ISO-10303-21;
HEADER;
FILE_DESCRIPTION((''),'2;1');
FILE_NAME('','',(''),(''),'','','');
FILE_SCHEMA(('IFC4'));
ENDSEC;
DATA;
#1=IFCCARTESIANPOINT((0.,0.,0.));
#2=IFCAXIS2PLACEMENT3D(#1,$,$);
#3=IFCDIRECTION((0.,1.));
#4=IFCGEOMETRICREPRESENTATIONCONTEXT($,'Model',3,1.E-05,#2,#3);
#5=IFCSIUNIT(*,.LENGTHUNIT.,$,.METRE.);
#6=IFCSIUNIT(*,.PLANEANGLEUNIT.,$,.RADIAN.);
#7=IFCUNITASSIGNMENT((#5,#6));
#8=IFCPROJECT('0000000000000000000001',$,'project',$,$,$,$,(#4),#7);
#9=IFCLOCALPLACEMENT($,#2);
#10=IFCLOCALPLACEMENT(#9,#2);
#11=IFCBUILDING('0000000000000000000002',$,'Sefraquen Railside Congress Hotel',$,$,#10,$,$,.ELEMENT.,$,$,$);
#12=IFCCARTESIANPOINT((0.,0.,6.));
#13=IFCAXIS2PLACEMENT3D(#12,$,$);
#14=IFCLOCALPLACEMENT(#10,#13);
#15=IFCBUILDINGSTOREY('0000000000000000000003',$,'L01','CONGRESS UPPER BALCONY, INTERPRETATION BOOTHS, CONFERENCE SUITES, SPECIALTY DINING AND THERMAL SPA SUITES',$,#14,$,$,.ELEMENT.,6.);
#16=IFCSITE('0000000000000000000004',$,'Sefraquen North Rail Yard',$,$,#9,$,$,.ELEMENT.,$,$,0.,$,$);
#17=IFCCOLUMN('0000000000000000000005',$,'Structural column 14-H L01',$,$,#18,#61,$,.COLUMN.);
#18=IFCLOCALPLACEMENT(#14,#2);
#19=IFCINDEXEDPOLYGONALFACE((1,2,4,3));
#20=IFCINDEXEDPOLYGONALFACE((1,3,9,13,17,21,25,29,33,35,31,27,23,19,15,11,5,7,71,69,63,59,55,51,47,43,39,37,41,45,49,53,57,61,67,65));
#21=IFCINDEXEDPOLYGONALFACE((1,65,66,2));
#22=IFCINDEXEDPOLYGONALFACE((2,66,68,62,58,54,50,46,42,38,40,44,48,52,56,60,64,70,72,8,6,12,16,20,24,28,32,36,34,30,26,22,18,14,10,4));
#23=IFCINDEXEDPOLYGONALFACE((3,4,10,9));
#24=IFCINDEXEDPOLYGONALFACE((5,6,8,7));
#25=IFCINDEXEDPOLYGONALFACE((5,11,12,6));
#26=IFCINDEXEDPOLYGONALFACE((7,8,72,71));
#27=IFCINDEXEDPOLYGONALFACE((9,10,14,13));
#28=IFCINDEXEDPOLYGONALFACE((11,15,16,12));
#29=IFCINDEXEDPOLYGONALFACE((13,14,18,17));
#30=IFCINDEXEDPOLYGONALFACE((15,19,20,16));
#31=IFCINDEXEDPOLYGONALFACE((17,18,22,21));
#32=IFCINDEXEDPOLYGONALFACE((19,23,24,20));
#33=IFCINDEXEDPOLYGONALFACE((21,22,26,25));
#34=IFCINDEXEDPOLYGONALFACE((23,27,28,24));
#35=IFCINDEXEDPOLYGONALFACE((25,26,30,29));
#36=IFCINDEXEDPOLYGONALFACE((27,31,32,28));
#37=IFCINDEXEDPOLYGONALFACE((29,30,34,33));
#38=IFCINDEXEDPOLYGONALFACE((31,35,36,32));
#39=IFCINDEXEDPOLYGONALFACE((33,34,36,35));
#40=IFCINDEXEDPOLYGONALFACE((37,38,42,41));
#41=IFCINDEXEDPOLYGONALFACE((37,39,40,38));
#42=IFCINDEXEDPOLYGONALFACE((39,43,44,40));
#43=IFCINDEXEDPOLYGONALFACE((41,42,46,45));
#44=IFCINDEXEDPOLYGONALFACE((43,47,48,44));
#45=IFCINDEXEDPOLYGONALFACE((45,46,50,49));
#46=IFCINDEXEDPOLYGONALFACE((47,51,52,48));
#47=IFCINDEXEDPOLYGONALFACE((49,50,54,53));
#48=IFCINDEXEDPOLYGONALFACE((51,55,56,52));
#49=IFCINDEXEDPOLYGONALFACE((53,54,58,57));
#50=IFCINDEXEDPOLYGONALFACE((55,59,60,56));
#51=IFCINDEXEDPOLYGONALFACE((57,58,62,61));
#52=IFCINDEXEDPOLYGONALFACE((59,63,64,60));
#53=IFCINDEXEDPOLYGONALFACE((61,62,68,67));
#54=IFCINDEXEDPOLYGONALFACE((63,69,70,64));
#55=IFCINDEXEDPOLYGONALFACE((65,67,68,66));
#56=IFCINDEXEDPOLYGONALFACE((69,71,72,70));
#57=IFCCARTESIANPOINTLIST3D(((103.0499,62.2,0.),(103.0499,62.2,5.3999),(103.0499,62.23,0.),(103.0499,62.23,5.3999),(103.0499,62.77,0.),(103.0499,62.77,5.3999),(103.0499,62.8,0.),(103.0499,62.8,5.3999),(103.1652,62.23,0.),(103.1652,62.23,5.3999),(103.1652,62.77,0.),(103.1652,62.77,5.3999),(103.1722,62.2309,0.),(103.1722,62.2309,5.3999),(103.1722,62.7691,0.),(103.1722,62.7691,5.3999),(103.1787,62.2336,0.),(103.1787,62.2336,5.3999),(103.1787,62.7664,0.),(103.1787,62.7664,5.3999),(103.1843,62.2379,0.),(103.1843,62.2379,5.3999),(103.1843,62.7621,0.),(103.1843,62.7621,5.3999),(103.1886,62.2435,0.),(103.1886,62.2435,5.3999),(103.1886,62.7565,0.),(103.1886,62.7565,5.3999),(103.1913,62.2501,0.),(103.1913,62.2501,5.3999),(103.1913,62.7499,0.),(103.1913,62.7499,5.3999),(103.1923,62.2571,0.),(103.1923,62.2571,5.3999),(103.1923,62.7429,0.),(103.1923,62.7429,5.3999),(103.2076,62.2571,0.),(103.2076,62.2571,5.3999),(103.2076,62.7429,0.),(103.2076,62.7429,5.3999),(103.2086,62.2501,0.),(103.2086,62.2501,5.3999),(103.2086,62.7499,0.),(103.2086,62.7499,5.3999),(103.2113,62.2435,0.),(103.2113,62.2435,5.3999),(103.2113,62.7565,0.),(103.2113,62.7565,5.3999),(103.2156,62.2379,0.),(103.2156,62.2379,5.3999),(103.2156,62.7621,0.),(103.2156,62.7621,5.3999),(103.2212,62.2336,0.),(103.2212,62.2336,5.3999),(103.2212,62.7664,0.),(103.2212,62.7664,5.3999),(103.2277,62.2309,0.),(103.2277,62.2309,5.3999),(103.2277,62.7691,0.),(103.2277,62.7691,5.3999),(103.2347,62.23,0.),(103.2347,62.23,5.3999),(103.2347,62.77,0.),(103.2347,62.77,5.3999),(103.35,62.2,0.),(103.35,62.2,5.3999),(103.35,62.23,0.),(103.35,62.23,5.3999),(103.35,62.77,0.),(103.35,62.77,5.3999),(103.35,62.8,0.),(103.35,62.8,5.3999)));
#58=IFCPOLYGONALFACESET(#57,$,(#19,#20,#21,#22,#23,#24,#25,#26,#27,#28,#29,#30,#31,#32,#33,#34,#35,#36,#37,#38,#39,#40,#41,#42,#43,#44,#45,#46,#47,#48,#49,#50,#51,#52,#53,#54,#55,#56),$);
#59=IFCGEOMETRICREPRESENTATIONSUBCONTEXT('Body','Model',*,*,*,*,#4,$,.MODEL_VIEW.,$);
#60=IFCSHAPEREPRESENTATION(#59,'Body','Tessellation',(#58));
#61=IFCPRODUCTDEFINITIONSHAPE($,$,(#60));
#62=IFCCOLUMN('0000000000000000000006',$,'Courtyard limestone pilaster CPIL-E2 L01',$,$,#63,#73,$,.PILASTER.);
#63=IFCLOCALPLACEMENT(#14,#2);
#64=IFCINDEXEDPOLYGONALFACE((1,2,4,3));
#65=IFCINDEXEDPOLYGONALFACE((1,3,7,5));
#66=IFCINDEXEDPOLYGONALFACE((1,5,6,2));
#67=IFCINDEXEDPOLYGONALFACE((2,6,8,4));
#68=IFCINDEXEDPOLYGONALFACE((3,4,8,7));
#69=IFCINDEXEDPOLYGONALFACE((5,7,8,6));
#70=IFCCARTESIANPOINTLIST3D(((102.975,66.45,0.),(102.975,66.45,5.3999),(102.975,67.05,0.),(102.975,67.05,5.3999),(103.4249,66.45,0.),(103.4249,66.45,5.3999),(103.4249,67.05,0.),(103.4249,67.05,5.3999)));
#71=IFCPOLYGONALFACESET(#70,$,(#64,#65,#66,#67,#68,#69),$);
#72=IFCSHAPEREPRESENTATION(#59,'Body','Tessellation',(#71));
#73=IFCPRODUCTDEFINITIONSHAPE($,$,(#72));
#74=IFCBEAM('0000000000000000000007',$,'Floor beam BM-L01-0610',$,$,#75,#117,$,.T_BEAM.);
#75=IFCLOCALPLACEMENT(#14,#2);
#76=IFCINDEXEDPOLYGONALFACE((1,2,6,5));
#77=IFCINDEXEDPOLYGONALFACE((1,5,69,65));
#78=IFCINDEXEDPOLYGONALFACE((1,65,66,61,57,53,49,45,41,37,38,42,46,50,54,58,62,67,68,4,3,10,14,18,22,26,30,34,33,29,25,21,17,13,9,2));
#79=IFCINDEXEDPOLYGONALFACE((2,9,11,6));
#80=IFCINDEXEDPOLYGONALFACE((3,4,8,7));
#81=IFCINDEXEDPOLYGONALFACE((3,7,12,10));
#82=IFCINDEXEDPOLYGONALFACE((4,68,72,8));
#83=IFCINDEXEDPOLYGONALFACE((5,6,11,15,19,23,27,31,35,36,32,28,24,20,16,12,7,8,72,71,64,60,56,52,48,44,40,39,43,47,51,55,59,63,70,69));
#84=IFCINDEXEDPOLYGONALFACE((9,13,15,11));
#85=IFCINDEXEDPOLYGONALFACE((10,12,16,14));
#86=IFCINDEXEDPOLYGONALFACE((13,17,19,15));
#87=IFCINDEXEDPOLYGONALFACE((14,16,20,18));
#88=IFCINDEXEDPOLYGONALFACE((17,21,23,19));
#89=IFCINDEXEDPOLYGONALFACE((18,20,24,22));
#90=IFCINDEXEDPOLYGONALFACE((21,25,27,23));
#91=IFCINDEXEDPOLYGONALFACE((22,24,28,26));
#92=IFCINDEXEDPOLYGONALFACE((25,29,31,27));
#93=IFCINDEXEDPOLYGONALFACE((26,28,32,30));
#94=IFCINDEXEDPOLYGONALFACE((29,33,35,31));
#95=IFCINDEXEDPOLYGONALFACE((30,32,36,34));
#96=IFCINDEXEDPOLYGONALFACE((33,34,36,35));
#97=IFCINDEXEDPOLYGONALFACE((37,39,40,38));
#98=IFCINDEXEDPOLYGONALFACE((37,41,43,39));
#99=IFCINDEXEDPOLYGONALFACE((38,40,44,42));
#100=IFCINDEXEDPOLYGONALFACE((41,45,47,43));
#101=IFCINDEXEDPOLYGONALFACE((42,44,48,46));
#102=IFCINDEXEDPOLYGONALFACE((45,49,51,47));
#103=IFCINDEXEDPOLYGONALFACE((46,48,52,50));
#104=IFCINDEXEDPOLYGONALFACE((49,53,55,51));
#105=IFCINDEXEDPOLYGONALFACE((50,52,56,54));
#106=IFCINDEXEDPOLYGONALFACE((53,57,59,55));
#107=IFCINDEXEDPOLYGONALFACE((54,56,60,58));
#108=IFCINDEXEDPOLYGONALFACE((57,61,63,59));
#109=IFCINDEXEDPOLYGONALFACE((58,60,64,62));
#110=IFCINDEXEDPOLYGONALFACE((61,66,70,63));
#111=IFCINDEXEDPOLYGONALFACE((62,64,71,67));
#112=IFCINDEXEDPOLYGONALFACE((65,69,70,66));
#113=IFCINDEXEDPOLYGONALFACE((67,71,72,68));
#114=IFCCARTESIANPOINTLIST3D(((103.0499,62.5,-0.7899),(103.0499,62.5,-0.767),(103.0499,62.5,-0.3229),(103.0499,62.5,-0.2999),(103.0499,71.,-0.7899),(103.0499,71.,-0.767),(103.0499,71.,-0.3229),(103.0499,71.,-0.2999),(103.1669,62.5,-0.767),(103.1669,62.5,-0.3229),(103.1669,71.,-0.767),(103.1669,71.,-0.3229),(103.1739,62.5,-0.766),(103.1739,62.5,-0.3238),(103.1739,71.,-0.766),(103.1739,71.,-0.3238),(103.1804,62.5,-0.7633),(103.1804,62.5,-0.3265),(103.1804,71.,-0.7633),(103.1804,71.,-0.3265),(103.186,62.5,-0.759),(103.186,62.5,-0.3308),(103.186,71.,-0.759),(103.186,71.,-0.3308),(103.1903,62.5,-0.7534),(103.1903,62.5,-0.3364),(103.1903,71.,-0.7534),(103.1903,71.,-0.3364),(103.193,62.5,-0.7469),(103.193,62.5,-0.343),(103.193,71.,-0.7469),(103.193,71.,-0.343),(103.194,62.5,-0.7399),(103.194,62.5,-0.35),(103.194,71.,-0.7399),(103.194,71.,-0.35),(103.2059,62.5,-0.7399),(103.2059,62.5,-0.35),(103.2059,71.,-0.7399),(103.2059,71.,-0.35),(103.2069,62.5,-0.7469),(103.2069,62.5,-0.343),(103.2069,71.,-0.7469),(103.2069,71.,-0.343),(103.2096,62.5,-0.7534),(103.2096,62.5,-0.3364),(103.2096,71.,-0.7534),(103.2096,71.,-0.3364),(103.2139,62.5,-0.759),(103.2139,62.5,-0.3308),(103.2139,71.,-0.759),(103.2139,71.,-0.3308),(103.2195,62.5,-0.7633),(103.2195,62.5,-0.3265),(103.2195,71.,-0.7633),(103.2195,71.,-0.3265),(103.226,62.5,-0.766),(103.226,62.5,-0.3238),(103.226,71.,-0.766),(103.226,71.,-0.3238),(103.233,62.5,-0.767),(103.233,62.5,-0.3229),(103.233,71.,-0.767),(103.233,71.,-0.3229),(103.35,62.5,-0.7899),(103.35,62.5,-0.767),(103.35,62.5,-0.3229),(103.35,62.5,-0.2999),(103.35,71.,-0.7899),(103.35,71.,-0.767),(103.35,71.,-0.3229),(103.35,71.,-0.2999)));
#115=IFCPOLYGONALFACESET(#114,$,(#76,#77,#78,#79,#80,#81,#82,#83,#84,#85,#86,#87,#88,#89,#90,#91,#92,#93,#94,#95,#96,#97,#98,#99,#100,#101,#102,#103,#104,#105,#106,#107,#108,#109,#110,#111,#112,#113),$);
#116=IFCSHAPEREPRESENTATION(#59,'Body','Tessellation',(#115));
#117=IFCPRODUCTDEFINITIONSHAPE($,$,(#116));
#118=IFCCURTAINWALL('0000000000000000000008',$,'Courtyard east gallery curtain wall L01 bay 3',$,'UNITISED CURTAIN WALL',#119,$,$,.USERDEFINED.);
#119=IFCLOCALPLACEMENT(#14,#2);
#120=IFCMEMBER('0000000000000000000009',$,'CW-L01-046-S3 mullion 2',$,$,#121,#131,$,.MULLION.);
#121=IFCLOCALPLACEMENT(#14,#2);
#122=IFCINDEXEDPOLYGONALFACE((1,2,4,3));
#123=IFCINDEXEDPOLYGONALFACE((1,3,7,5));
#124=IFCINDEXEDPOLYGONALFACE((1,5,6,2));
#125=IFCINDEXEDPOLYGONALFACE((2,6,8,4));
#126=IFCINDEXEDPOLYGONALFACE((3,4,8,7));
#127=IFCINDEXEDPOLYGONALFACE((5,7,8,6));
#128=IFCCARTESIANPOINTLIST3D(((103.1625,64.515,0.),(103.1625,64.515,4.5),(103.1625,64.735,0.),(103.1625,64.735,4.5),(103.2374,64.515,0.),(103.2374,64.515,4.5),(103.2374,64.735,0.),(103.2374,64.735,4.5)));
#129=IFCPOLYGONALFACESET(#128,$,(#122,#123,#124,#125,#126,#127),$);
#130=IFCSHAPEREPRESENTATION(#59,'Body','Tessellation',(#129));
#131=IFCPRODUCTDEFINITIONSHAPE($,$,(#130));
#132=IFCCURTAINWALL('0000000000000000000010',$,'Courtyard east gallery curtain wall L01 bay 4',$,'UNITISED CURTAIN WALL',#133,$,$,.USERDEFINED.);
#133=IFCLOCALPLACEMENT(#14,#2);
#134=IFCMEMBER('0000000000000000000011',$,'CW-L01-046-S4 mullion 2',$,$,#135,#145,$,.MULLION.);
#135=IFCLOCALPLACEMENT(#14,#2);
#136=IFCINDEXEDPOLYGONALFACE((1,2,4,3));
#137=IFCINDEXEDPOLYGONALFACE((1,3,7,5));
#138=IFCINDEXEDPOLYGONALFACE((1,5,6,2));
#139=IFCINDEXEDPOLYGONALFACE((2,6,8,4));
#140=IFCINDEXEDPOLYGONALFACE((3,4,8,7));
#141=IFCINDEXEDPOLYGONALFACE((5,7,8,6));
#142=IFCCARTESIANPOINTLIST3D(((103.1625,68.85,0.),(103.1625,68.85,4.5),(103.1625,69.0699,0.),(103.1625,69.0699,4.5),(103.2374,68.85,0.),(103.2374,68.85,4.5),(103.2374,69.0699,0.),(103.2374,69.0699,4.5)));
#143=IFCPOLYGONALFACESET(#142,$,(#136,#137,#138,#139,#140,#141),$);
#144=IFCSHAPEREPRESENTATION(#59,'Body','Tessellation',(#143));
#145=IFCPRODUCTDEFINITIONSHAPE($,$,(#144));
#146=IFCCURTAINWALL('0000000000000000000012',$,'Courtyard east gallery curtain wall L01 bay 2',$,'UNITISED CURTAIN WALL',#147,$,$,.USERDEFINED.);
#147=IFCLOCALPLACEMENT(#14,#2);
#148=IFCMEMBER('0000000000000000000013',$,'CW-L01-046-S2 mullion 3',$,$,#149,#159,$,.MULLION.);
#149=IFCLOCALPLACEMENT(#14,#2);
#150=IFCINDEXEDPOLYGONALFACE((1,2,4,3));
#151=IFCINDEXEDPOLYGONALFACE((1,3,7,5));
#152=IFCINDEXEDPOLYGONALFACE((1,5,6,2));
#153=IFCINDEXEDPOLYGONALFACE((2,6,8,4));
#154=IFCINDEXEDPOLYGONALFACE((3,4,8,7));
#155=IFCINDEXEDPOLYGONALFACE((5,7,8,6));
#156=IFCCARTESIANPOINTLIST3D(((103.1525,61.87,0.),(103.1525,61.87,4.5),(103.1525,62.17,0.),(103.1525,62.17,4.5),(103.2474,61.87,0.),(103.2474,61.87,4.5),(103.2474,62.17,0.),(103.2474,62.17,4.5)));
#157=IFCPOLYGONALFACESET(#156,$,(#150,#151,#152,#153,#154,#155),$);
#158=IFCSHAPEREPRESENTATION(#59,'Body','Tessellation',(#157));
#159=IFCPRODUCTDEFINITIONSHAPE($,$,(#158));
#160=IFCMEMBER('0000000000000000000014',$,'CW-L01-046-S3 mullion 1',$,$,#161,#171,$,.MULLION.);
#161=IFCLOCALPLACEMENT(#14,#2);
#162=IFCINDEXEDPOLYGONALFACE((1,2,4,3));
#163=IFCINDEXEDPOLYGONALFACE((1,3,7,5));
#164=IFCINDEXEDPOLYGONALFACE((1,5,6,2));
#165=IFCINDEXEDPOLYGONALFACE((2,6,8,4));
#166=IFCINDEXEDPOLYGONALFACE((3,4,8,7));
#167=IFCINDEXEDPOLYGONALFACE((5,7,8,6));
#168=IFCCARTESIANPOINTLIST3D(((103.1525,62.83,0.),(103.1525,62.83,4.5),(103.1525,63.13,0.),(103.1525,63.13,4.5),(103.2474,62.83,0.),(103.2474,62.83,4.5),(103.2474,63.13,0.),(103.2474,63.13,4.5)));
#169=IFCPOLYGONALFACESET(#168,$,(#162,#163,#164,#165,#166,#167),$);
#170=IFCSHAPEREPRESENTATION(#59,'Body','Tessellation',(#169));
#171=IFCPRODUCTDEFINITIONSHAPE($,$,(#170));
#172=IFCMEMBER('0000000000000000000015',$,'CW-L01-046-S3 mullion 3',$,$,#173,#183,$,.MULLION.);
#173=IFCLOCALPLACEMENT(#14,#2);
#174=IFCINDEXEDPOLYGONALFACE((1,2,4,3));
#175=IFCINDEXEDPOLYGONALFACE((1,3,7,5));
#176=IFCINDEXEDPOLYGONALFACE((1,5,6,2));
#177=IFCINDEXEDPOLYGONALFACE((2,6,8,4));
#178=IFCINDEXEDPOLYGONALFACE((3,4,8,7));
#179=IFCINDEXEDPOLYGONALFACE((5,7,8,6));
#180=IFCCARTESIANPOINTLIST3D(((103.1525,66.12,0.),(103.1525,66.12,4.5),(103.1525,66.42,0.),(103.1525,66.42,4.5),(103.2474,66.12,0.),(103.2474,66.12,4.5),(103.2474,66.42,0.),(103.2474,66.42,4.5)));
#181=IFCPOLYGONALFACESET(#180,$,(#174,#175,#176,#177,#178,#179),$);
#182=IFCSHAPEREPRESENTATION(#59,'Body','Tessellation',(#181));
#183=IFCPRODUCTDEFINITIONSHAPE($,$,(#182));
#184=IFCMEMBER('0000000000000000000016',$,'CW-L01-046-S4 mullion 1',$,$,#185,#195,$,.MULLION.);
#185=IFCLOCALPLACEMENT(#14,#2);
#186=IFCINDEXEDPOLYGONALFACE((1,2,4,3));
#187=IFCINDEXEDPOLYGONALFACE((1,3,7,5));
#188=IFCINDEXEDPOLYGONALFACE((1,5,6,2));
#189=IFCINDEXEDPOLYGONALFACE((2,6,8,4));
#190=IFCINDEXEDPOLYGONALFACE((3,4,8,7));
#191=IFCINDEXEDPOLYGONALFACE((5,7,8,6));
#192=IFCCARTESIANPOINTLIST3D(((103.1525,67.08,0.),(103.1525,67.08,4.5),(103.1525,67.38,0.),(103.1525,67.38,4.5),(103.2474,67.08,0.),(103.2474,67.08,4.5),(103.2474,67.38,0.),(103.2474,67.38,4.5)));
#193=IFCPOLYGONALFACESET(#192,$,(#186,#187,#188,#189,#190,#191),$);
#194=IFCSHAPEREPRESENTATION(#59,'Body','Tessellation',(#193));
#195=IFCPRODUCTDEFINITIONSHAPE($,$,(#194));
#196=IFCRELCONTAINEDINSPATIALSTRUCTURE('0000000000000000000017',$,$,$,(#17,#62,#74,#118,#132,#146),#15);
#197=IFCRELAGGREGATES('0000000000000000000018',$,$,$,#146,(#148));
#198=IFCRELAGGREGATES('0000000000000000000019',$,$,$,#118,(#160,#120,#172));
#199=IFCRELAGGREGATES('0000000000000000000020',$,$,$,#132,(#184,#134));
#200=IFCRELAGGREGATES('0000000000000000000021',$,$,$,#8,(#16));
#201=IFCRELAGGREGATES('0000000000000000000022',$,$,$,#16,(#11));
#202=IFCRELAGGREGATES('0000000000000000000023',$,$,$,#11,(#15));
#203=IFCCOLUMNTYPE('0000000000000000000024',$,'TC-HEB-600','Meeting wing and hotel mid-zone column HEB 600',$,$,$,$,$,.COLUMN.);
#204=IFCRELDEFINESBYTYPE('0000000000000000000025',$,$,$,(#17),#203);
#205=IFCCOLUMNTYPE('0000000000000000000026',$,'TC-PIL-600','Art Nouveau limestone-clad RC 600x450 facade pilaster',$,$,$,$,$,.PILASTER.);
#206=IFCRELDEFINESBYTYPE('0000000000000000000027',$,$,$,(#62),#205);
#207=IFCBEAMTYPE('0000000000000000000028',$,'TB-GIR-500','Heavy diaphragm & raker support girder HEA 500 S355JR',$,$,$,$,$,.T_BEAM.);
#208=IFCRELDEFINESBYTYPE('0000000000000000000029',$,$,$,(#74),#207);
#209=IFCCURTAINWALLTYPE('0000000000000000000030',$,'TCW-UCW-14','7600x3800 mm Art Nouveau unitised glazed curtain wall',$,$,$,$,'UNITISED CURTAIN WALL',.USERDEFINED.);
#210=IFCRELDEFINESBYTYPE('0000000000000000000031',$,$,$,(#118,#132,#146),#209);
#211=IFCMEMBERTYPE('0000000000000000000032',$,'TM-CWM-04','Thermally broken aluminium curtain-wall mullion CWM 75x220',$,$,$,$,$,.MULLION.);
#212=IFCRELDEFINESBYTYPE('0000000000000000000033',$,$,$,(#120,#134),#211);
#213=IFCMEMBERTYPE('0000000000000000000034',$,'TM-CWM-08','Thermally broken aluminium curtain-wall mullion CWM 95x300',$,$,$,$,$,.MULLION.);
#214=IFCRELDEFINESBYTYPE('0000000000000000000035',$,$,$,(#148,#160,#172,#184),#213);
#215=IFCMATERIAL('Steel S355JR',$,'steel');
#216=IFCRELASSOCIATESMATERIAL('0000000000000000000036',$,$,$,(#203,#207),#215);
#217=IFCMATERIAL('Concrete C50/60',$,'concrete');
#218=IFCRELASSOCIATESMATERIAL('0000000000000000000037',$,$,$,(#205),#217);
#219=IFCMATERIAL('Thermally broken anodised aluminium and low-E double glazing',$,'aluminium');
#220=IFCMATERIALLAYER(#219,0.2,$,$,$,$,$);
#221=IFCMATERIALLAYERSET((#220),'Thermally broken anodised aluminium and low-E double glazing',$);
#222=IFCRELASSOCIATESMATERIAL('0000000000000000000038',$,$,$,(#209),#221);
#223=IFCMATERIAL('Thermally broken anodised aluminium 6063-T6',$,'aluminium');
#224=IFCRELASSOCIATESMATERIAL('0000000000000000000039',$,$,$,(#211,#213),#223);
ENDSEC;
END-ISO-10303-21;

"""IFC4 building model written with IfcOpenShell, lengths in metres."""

from ifc_helpers import new_model, si_unit, direction, frame, origin, origin_2d, place, context, subcontext, project, spatial, rectangle, i_section, extrude, material, layer, layer_set, material_profile, profile_set, type_object, element, aggregate, save


model = new_model("IFC4")

# Units and contexts
model_context = context("Model", 3, precision=1e-05, world=origin(), true_north=direction((0.0, 1.0)))
body_context = subcontext(model_context, "Body", "Model", "MODEL_VIEW")
ifc_project = project(units=[si_unit("LENGTHUNIT", "METRE"), si_unit("PLANEANGLEUNIT", "RADIAN")], contexts=[model_context])

# Site, building, storey
site_placement = place(None, origin())
site = spatial("IfcSite", under=ifc_project, at=site_placement, Name="Sefraquen North Rail Yard", CompositionType="ELEMENT", RefElevation=0.0)
building_placement = place(site_placement, origin())
building = spatial("IfcBuilding", under=site, at=building_placement, Name="Sefraquen Railside Congress Hotel", CompositionType="ELEMENT")
storey_placement = place(building_placement, frame((0.0, 0.0, 6.0)))
storey = spatial("IfcBuildingStorey", under=building, at=storey_placement, Name="L01", Description="CONGRESS UPPER BALCONY, INTERPRETATION BOOTHS, CONFERENCE SUITES, SPECIALTY DINING AND THERMAL SPA SUITES", CompositionType="ELEMENT", Elevation=6.0)

# Columns
ifc_material_1 = material(Name="Steel S355JR", Category="steel")
ifc_material_profile_1 = material_profile(ifc_material_1, i_section(OverallWidth=0.3, OverallDepth=0.6001, WebThickness=0.0154, FlangeThickness=0.03, FilletRadius=0.0271, at=origin_2d()), Name="HEB 600")
ifc_profile_set_1 = profile_set([ifc_material_profile_1], Name="Steel S355JR")
column_type_1 = type_object("IfcColumnType", Name="TC-HEB-600", Description="Meeting wing and hotel mid-zone column HEB 600", PredefinedType="COLUMN", material=ifc_profile_set_1)
column_1_placement = place(storey_placement, frame((103.2, 62.5, 0.0), z_axis=(0.0, 0.0, 1.0), x_axis=(1.0, 0.0, 0.0)))
element("IfcColumn", 1, at=column_1_placement, inside=storey, type_object=column_type_1, Name="Structural column 14-H L01", PredefinedType="COLUMN", context=body_context, shape_type="SweptSolid", body=[
    extrude(i_section(OverallWidth=0.3, OverallDepth=0.6001, WebThickness=0.0154, FlangeThickness=0.03, FilletRadius=0.0271, at=origin_2d()), origin(), (0.0, 0.0, 1.0), 5.3999),
])
ifc_material_2 = material(Name="Concrete C50/60", Category="concrete")
ifc_material_profile_2 = material_profile(ifc_material_2, rectangle(XDim=0.45, YDim=0.6001, at=origin_2d()), Name="RC 600x450")
ifc_profile_set_2 = profile_set([ifc_material_profile_2], Name="Concrete C50/60")
column_type_2 = type_object("IfcColumnType", Name="TC-PIL-600", Description="Art Nouveau limestone-clad RC 600x450 facade pilaster", PredefinedType="PILASTER", material=ifc_profile_set_2)
column_2_placement = place(storey_placement, frame((103.2, 66.75, 0.0), z_axis=(0.0, 0.0, 1.0), x_axis=(1.0, 0.0, 0.0)))
element("IfcColumn", 2, at=column_2_placement, inside=storey, type_object=column_type_2, Name="Courtyard limestone pilaster CPIL-E2 L01", PredefinedType="PILASTER", context=body_context, shape_type="SweptSolid", body=[
    extrude(rectangle(XDim=0.45, YDim=0.6001, at=origin_2d()), origin(), (0.0, 0.0, 1.0), 5.3999),
])

# Beam
ifc_material_profile_3 = material_profile(ifc_material_1, i_section(OverallWidth=0.3, OverallDepth=0.49, WebThickness=0.012, FlangeThickness=0.0229, FilletRadius=0.0271, at=origin_2d()), Name="HEA 500")
ifc_profile_set_3 = profile_set([ifc_material_profile_3], Name="Steel S355JR")
beam_type = type_object("IfcBeamType", Name="TB-GIR-500", Description="Heavy diaphragm & raker support girder HEA 500 S355JR", PredefinedType="T_BEAM", material=ifc_profile_set_3)
beam_placement = place(storey_placement, frame((103.2, 62.5, -0.5449), z_axis=(0.0, 1.0, 0.0), x_axis=(-1.0, 0.0, 0.0)))
element("IfcBeam", 3, at=beam_placement, inside=storey, type_object=beam_type, Name="Floor beam BM-L01-0610", PredefinedType="T_BEAM", context=body_context, shape_type="SweptSolid", body=[
    extrude(i_section(OverallWidth=0.3, OverallDepth=0.49, WebThickness=0.012, FlangeThickness=0.0229, FilletRadius=0.0271, at=origin_2d()), origin(), (0.0, 0.0, 1.0), 8.5),
])

# Curtain walls, members
ifc_material_3 = material(Name="Thermally broken anodised aluminium and low-E double glazing", Category="aluminium")
ifc_layer_1 = layer(ifc_material_3, 0.2)
ifc_layer_set_1 = layer_set([ifc_layer_1], Name="Thermally broken anodised aluminium and low-E double glazing")
curtain_wall_type = type_object("IfcCurtainWallType", Name="TCW-UCW-14", Description="7600x3800 mm Art Nouveau unitised glazed curtain wall", ElementType="UNITISED CURTAIN WALL", PredefinedType="USERDEFINED", material=ifc_layer_set_1)
curtain_wall_1_placement = place(storey_placement, origin())
curtain_wall_1 = element("IfcCurtainWall", 4, at=curtain_wall_1_placement, inside=storey, type_object=curtain_wall_type, Name="Courtyard east gallery curtain wall L01 bay 3", ObjectType="UNITISED CURTAIN WALL", PredefinedType="USERDEFINED")
ifc_material_4 = material(Name="Thermally broken anodised aluminium 6063-T6", Category="aluminium")
ifc_material_profile_4 = material_profile(ifc_material_4, rectangle(XDim=0.075, YDim=0.22, at=origin_2d()), Name="CWM 75x220")
ifc_profile_set_4 = profile_set([ifc_material_profile_4], Name="Thermally broken anodised aluminium 6063-T6")
member_type_1 = type_object("IfcMemberType", Name="TM-CWM-04", Description="Thermally broken aluminium curtain-wall mullion CWM 75x220", PredefinedType="MULLION", material=ifc_profile_set_4)
member_1_placement = place(storey_placement, frame((103.2, 64.625, 0.0), z_axis=(0.0, 0.0, 1.0), x_axis=(1.0, 0.0, 0.0)))
member_1 = element("IfcMember", 5, at=member_1_placement, type_object=member_type_1, Name="CW-L01-046-S3 mullion 2", PredefinedType="MULLION", context=body_context, shape_type="SweptSolid", body=[
    extrude(rectangle(XDim=0.075, YDim=0.22, at=origin_2d()), origin(), (0.0, 0.0, 1.0), 4.5),
])
curtain_wall_2_placement = place(storey_placement, origin())
curtain_wall_2 = element("IfcCurtainWall", 6, at=curtain_wall_2_placement, inside=storey, type_object=curtain_wall_type, Name="Courtyard east gallery curtain wall L01 bay 4", ObjectType="UNITISED CURTAIN WALL", PredefinedType="USERDEFINED")
member_2_placement = place(storey_placement, frame((103.2, 68.96, 0.0), z_axis=(0.0, 0.0, 1.0), x_axis=(1.0, 0.0, 0.0)))
member_2 = element("IfcMember", 7, at=member_2_placement, type_object=member_type_1, Name="CW-L01-046-S4 mullion 2", PredefinedType="MULLION", context=body_context, shape_type="SweptSolid", body=[
    extrude(rectangle(XDim=0.075, YDim=0.22, at=origin_2d()), origin(), (0.0, 0.0, 1.0), 4.5),
])
curtain_wall_3_placement = place(storey_placement, origin())
curtain_wall_3 = element("IfcCurtainWall", 8, at=curtain_wall_3_placement, inside=storey, type_object=curtain_wall_type, Name="Courtyard east gallery curtain wall L01 bay 2", ObjectType="UNITISED CURTAIN WALL", PredefinedType="USERDEFINED")
ifc_material_profile_5 = material_profile(ifc_material_4, rectangle(XDim=0.095, YDim=0.3, at=origin_2d()), Name="CWM 95x300")
ifc_profile_set_5 = profile_set([ifc_material_profile_5], Name="Thermally broken anodised aluminium 6063-T6")
member_type_2 = type_object("IfcMemberType", Name="TM-CWM-08", Description="Thermally broken aluminium curtain-wall mullion CWM 95x300", PredefinedType="MULLION", material=ifc_profile_set_5)
member_3_placement = place(storey_placement, frame((103.2, 62.02, 0.0), z_axis=(0.0, 0.0, 1.0), x_axis=(1.0, 0.0, 0.0)))
member_3 = element("IfcMember", 9, at=member_3_placement, type_object=member_type_2, Name="CW-L01-046-S2 mullion 3", PredefinedType="MULLION", context=body_context, shape_type="SweptSolid", body=[
    extrude(rectangle(XDim=0.095, YDim=0.3, at=origin_2d()), origin(), (0.0, 0.0, 1.0), 4.5),
])

# Members
member_4_placement = place(storey_placement, frame((103.2, 62.98, 0.0), z_axis=(0.0, 0.0, 1.0), x_axis=(1.0, 0.0, 0.0)))
member_4 = element("IfcMember", 10, at=member_4_placement, type_object=member_type_2, Name="CW-L01-046-S3 mullion 1", PredefinedType="MULLION", context=body_context, shape_type="SweptSolid", body=[
    extrude(rectangle(XDim=0.095, YDim=0.3, at=origin_2d()), origin(), (0.0, 0.0, 1.0), 4.5),
])
member_5_placement = place(storey_placement, frame((103.2, 66.27, 0.0), z_axis=(0.0, 0.0, 1.0), x_axis=(1.0, 0.0, 0.0)))
member_5 = element("IfcMember", 11, at=member_5_placement, type_object=member_type_2, Name="CW-L01-046-S3 mullion 3", PredefinedType="MULLION", context=body_context, shape_type="SweptSolid", body=[
    extrude(rectangle(XDim=0.095, YDim=0.3, at=origin_2d()), origin(), (0.0, 0.0, 1.0), 4.5),
])
member_6_placement = place(storey_placement, frame((103.2, 67.23, 0.0), z_axis=(0.0, 0.0, 1.0), x_axis=(1.0, 0.0, 0.0)))
member_6 = element("IfcMember", 12, at=member_6_placement, type_object=member_type_2, Name="CW-L01-046-S4 mullion 1", PredefinedType="MULLION", context=body_context, shape_type="SweptSolid", body=[
    extrude(rectangle(XDim=0.095, YDim=0.3, at=origin_2d()), origin(), (0.0, 0.0, 1.0), 4.5),
])

aggregate(curtain_wall_3, [member_3])
aggregate(curtain_wall_1, [member_4, member_1, member_5])
aggregate(curtain_wall_2, [member_6, member_2])

save(model, "model.ifc")
